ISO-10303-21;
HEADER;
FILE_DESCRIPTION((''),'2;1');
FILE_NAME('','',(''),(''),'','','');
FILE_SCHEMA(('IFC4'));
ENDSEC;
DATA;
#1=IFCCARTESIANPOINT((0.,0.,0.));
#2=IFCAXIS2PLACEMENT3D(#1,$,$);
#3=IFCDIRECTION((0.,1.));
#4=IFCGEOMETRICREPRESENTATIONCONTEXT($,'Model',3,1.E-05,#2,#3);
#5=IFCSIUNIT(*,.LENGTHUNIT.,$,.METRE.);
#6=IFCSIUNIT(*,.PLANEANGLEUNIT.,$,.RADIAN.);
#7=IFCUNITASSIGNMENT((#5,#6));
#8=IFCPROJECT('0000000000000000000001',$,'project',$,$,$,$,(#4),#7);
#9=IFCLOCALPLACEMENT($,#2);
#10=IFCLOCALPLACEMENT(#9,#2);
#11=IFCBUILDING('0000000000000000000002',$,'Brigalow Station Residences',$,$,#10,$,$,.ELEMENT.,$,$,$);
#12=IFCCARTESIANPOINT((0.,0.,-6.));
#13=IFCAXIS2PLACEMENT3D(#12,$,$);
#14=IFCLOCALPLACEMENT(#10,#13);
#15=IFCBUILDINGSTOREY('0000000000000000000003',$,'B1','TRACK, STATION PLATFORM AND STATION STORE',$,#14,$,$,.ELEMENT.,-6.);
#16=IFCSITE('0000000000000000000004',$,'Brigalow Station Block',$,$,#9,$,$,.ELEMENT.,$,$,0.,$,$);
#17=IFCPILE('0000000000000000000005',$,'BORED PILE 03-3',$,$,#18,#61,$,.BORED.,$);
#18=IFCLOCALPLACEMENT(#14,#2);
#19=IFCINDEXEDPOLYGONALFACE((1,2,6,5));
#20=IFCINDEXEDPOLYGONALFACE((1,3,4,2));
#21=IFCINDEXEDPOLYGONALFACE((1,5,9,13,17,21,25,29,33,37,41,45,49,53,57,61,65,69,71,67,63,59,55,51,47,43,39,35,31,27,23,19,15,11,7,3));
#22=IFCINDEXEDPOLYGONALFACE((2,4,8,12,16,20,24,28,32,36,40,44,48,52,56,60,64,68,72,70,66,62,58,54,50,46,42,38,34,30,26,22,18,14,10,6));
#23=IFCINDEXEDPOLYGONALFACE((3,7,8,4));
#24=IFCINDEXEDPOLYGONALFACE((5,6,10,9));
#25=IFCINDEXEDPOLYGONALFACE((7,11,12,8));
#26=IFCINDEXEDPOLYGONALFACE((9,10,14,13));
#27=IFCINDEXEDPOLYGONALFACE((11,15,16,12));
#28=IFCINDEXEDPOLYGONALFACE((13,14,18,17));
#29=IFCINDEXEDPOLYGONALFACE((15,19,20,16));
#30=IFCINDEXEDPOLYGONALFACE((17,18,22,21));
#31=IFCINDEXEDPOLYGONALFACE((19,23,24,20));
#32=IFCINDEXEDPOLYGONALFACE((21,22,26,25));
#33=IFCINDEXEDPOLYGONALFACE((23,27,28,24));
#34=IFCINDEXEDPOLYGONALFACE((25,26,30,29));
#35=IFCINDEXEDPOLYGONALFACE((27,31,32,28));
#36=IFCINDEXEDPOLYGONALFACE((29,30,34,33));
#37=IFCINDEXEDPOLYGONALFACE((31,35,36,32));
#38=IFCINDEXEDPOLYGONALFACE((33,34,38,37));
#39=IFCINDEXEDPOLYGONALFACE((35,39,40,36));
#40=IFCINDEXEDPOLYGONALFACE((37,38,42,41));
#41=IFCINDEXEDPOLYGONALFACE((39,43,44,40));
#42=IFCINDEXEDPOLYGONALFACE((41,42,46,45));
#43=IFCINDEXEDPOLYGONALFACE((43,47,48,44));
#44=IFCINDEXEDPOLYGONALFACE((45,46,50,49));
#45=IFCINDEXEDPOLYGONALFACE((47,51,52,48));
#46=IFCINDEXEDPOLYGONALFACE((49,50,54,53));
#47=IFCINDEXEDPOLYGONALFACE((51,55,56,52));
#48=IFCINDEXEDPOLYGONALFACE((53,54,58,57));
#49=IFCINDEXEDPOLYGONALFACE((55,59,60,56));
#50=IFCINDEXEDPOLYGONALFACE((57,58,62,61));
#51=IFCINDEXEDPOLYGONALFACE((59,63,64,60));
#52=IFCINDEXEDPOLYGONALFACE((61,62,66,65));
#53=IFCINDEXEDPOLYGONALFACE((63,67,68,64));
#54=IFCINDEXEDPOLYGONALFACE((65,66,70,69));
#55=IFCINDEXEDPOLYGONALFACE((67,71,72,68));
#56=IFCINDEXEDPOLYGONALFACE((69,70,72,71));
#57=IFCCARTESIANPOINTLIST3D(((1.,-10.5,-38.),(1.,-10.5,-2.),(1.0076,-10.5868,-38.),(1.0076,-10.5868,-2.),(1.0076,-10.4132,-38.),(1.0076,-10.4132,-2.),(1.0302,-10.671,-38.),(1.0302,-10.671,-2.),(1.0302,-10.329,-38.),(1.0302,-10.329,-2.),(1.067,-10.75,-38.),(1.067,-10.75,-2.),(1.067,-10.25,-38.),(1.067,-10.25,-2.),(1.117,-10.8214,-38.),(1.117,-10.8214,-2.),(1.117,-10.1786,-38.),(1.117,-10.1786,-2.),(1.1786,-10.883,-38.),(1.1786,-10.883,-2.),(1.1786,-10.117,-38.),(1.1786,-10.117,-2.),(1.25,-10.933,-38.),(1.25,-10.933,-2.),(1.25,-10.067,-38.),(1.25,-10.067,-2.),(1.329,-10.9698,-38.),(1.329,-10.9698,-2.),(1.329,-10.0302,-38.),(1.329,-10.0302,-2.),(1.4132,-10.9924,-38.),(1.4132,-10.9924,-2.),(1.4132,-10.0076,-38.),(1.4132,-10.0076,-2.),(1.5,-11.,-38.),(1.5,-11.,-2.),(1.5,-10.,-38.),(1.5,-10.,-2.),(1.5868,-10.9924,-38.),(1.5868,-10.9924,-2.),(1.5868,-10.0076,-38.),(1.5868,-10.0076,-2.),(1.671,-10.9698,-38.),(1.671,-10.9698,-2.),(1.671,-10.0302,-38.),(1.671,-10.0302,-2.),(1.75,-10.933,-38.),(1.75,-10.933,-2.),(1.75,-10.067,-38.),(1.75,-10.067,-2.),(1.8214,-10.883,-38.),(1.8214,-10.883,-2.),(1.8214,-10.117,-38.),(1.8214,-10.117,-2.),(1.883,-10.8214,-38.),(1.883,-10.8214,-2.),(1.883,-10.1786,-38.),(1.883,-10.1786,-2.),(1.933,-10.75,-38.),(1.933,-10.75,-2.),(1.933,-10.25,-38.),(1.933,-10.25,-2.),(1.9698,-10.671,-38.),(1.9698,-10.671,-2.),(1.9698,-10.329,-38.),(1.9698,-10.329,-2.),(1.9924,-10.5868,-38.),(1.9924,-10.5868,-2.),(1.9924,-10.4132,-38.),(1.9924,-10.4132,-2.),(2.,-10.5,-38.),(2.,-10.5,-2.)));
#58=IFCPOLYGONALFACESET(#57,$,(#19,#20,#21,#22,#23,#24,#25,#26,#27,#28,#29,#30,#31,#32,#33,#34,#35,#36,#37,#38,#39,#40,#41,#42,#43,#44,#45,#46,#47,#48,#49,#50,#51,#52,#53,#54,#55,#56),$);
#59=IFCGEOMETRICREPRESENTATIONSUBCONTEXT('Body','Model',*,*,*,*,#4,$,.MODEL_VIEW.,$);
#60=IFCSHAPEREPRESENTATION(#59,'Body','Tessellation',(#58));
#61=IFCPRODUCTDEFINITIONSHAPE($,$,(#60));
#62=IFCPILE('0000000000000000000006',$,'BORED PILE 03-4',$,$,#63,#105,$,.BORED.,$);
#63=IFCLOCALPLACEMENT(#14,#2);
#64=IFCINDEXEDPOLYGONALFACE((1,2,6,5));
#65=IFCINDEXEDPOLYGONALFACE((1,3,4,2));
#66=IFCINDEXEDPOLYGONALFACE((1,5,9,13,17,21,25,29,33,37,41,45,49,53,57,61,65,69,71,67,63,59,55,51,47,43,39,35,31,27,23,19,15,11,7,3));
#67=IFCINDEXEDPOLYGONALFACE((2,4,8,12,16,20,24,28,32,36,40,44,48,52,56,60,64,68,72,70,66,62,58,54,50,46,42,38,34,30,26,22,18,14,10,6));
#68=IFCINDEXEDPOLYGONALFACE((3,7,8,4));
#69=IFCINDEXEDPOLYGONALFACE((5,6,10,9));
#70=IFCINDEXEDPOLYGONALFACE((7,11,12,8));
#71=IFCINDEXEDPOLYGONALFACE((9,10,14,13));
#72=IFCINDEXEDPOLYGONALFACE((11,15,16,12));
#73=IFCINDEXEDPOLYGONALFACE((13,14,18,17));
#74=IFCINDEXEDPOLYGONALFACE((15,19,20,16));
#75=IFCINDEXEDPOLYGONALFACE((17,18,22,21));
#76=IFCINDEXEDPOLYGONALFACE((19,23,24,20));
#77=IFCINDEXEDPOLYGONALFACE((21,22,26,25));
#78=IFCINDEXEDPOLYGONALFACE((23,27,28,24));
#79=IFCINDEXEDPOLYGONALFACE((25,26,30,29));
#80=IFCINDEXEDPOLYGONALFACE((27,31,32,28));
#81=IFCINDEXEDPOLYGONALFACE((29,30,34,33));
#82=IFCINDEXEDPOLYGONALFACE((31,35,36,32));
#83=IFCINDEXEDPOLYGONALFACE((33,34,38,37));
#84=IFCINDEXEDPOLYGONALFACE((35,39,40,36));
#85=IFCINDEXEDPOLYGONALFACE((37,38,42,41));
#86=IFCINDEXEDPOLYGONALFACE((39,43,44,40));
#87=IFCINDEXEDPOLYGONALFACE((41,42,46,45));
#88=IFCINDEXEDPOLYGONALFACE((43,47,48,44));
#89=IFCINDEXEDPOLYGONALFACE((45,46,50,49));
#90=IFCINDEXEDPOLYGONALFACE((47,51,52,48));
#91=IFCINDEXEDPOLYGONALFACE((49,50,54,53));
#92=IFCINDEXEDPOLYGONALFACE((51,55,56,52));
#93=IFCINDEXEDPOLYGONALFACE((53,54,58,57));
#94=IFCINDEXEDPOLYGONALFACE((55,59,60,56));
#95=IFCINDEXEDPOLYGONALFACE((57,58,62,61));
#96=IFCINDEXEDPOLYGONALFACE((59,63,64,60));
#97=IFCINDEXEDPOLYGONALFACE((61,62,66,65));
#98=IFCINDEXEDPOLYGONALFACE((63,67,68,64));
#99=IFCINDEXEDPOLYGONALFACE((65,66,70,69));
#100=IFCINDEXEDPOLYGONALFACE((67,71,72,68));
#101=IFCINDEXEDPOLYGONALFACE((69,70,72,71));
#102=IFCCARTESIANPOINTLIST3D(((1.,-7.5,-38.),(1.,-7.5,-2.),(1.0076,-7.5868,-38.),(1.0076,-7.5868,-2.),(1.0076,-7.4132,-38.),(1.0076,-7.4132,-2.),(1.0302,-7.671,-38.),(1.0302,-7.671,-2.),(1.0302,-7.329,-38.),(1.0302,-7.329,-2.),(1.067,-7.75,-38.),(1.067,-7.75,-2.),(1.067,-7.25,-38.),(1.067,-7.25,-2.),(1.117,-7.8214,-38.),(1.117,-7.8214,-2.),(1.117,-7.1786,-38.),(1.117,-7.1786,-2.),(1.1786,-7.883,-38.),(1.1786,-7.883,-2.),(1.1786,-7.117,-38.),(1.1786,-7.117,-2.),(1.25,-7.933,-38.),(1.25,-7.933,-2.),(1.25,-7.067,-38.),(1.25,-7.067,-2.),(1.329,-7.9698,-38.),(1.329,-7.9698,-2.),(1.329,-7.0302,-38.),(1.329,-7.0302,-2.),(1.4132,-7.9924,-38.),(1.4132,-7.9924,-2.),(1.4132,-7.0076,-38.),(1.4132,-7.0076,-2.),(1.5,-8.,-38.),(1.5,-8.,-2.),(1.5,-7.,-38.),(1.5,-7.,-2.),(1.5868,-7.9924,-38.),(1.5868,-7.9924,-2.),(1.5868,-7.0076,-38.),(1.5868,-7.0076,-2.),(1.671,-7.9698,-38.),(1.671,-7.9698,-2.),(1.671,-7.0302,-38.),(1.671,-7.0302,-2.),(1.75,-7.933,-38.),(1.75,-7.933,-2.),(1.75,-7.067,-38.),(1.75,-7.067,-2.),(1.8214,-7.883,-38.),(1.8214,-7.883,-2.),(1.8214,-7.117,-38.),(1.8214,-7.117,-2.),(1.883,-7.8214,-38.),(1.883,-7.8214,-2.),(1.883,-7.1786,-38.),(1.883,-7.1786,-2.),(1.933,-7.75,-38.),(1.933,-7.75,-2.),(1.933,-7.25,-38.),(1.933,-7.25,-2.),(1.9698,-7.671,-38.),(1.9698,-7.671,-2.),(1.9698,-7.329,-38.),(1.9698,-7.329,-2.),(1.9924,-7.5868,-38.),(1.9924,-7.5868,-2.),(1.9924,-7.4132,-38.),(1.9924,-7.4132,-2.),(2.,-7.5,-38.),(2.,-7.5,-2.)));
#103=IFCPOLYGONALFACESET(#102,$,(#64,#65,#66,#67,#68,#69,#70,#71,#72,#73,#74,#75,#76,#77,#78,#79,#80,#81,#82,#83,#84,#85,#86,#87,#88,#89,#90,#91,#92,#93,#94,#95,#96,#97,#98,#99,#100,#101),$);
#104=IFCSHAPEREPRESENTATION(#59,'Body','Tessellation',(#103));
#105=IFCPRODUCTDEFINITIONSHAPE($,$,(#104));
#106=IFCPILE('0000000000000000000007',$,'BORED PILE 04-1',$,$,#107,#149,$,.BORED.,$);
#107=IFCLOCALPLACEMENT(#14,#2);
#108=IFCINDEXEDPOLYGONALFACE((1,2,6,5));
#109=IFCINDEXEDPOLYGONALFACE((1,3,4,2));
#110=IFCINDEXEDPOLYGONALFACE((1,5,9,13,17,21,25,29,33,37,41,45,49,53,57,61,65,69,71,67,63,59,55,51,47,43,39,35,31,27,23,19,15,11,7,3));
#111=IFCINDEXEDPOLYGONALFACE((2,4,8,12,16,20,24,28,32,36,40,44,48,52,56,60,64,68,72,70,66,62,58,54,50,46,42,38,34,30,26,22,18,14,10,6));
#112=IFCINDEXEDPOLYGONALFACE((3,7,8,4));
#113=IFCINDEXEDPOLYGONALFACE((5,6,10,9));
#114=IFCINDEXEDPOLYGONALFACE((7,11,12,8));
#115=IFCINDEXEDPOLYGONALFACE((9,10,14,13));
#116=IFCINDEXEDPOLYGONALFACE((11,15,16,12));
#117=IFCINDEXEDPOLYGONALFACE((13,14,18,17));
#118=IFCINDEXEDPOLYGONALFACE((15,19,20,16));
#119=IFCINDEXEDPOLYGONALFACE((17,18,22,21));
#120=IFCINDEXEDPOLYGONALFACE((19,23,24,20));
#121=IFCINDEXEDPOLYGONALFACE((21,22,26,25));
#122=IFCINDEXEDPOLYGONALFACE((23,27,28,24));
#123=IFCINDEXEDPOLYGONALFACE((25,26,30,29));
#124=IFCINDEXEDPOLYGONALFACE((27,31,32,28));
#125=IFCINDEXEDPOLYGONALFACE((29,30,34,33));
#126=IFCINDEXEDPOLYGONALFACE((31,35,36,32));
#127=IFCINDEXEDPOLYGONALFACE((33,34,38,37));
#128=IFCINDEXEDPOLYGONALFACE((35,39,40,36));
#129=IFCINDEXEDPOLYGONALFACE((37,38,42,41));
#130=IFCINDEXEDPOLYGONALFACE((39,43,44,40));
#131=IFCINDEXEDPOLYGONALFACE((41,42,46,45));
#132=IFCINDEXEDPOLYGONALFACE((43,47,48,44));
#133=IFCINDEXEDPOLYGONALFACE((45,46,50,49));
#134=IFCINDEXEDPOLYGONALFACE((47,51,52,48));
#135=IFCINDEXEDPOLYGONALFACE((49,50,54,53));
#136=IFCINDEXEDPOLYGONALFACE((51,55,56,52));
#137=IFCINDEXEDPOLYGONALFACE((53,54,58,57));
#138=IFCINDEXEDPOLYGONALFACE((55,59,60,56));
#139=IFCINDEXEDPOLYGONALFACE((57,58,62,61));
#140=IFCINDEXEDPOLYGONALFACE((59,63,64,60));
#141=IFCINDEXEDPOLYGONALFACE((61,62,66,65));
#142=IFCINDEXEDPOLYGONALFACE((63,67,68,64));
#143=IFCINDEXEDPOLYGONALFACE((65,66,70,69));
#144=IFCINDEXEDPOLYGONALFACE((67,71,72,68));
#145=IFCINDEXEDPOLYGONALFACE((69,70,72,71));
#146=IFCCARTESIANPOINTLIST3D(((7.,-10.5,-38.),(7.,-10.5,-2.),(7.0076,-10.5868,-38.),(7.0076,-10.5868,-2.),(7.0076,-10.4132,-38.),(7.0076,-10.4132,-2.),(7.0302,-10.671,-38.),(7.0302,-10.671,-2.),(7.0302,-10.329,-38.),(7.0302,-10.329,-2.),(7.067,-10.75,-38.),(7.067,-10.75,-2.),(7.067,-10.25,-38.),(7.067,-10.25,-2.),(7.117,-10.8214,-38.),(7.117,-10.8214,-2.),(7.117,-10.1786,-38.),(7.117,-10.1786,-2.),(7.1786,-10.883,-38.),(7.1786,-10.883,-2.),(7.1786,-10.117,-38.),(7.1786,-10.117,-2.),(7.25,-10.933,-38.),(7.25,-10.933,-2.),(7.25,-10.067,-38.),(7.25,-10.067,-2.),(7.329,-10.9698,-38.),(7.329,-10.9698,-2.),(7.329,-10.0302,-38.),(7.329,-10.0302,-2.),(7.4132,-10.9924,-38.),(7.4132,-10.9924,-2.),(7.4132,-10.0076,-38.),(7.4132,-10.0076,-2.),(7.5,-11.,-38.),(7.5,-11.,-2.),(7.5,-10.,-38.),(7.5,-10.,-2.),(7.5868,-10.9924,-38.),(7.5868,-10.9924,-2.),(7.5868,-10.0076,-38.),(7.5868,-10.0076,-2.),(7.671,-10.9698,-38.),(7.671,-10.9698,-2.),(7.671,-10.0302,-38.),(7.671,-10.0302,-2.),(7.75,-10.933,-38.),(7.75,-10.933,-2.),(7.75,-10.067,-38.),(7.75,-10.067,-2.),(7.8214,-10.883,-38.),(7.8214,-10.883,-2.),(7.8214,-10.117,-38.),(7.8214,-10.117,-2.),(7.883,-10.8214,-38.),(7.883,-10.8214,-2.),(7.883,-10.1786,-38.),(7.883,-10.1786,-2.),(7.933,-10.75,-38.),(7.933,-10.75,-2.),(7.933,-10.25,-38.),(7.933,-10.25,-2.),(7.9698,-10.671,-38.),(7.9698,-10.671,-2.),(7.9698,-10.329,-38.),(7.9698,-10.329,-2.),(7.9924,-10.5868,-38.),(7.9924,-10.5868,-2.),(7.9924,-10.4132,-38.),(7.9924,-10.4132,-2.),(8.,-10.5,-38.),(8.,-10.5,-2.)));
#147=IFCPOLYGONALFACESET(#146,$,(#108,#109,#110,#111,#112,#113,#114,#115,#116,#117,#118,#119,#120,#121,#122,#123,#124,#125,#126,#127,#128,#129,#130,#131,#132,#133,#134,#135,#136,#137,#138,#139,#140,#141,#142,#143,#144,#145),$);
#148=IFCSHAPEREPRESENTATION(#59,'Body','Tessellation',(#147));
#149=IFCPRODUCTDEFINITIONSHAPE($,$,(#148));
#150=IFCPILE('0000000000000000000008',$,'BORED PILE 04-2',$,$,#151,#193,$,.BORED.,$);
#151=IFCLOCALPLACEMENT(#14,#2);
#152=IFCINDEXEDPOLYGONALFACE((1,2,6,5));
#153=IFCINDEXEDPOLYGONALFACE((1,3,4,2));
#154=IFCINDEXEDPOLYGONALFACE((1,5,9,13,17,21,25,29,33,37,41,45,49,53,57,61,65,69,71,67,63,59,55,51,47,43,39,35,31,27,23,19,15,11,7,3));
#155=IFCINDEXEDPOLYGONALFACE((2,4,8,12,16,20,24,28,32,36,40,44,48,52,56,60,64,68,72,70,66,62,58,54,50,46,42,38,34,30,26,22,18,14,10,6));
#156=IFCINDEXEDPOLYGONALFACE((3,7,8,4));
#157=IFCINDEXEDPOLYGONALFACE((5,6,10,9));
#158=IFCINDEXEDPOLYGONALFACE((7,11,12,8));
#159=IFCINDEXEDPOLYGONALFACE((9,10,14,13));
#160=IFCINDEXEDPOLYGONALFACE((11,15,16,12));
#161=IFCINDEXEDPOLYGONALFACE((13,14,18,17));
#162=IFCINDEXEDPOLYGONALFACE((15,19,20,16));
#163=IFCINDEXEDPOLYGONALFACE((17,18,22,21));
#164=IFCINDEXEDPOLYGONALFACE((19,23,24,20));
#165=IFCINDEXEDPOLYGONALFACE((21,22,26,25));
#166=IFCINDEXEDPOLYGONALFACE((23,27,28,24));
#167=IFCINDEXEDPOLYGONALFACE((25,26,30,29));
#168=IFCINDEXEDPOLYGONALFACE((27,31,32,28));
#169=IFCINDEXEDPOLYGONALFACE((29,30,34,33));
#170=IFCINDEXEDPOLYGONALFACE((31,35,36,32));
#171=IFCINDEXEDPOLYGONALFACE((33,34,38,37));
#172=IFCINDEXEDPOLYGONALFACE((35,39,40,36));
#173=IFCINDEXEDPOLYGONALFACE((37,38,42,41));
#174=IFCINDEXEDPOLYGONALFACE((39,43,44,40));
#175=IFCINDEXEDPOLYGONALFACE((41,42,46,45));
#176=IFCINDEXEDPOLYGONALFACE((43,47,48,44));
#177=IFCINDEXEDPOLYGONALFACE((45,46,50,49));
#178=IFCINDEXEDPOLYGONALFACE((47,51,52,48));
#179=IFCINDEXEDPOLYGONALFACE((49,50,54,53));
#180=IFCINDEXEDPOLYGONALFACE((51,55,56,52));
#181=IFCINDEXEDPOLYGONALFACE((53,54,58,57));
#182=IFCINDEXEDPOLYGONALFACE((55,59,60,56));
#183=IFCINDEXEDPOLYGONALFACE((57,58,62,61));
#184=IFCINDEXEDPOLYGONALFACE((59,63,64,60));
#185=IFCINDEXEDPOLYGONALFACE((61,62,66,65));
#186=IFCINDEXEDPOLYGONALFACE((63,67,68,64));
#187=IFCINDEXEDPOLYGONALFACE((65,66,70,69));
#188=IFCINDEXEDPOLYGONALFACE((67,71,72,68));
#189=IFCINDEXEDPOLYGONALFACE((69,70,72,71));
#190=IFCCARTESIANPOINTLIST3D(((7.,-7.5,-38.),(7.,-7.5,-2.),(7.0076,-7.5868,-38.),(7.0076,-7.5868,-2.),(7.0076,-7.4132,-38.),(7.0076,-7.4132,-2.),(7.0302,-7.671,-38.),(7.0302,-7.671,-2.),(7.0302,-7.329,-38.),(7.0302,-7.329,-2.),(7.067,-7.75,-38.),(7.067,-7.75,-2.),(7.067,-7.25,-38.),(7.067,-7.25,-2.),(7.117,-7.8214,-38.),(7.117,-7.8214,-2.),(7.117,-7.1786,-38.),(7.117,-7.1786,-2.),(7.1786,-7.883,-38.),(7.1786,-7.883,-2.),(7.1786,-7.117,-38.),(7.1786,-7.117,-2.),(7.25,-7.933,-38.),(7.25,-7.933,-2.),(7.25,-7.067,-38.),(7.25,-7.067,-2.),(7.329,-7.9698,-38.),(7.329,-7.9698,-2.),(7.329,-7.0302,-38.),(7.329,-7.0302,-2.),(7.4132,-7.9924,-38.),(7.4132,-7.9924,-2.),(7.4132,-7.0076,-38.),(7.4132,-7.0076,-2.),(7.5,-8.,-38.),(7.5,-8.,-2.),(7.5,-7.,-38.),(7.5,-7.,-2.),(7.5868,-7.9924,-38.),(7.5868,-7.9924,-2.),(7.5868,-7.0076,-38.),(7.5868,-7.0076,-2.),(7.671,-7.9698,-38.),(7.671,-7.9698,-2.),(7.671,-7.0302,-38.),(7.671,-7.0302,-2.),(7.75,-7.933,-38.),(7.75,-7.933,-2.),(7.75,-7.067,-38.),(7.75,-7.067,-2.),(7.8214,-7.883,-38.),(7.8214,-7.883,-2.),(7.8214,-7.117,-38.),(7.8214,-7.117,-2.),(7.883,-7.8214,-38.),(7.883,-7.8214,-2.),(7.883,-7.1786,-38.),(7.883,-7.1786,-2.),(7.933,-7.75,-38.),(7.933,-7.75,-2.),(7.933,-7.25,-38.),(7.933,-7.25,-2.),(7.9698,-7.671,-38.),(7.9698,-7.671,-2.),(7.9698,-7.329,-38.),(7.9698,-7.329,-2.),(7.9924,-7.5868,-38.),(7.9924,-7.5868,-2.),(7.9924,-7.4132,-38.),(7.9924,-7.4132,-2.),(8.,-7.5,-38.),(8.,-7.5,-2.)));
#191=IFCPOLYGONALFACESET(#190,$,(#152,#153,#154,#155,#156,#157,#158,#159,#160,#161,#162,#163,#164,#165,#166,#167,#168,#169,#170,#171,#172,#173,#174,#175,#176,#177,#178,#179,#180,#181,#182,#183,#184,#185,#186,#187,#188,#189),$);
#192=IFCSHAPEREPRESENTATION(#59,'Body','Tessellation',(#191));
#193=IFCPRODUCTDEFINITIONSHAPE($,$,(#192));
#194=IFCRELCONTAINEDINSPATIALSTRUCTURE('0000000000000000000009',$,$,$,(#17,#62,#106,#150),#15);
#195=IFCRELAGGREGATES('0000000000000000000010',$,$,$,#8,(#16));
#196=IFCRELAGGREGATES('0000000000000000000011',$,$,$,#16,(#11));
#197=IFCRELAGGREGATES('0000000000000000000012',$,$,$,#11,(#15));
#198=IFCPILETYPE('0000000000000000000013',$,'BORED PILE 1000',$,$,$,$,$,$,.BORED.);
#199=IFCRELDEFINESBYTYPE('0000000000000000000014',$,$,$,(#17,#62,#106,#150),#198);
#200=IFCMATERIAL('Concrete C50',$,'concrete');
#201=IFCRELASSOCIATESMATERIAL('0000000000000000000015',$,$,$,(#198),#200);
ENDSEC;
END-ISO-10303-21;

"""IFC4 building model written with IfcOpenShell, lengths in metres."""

from ifc_helpers import new_model, si_unit, direction, frame, origin, origin_2d, place, context, subcontext, project, spatial, circle, extrude, material, material_profile, profile_set, type_object, element, save


model = new_model("IFC4")

# Units and contexts
model_context = context("Model", 3, precision=1e-05, world=origin(), true_north=direction((0.0, 1.0)))
body_context = subcontext(model_context, "Body", "Model", "MODEL_VIEW")
ifc_project = project(units=[si_unit("LENGTHUNIT", "METRE"), si_unit("PLANEANGLEUNIT", "RADIAN")], contexts=[model_context])

# Site, building, storey
site_placement = place(None, origin())
site = spatial("IfcSite", under=ifc_project, at=site_placement, Name="Brigalow Station Block", CompositionType="ELEMENT", RefElevation=0.0)
building_placement = place(site_placement, origin())
building = spatial("IfcBuilding", under=site, at=building_placement, Name="Brigalow Station Residences", CompositionType="ELEMENT")
storey_placement = place(building_placement, frame((0.0, 0.0, -6.0)))
storey = spatial("IfcBuildingStorey", under=building, at=storey_placement, Name="B1", Description="TRACK, STATION PLATFORM AND STATION STORE", CompositionType="ELEMENT", Elevation=-6.0)

# Piles
ifc_material_1 = material(Name="Concrete C50", Category="concrete")
ifc_material_profile_1 = material_profile(ifc_material_1, circle(Radius=0.5, at=origin_2d()), Name="BP1000")
ifc_profile_set_1 = profile_set([ifc_material_profile_1], Name="Concrete C50")
pile_type_1 = type_object("IfcPileType", Name="BORED PILE 1000", PredefinedType="BORED", material=ifc_profile_set_1)
for number, where, z_axis, x_axis, name in (
    (1, (1.5, -10.5, -2.0), (0.0, 0.0, -1.0), (1.0, 0.0, 0.0), "BORED PILE 03-3"),
    (2, (1.5, -7.5, -2.0), (0.0, 0.0, -1.0), (1.0, 0.0, 0.0), "BORED PILE 03-4"),
    (3, (7.5, -10.5, -2.0), (0.0, 0.0, -1.0), (1.0, 0.0, 0.0), "BORED PILE 04-1"),
    (4, (7.5, -7.5, -2.0), (0.0, 0.0, -1.0), (1.0, 0.0, 0.0), "BORED PILE 04-2"),
):
    element("IfcPile", number, at=place(storey_placement, frame(where, z_axis=z_axis, x_axis=x_axis)), inside=storey, type_object=pile_type_1, Name=name, PredefinedType="BORED", context=body_context, shape_type="SweptSolid", body=[
        extrude(circle(Radius=0.5, at=origin_2d()), origin(), (0.0, 0.0, 1.0), 36.0),
    ])

save(model, "model.ifc")
